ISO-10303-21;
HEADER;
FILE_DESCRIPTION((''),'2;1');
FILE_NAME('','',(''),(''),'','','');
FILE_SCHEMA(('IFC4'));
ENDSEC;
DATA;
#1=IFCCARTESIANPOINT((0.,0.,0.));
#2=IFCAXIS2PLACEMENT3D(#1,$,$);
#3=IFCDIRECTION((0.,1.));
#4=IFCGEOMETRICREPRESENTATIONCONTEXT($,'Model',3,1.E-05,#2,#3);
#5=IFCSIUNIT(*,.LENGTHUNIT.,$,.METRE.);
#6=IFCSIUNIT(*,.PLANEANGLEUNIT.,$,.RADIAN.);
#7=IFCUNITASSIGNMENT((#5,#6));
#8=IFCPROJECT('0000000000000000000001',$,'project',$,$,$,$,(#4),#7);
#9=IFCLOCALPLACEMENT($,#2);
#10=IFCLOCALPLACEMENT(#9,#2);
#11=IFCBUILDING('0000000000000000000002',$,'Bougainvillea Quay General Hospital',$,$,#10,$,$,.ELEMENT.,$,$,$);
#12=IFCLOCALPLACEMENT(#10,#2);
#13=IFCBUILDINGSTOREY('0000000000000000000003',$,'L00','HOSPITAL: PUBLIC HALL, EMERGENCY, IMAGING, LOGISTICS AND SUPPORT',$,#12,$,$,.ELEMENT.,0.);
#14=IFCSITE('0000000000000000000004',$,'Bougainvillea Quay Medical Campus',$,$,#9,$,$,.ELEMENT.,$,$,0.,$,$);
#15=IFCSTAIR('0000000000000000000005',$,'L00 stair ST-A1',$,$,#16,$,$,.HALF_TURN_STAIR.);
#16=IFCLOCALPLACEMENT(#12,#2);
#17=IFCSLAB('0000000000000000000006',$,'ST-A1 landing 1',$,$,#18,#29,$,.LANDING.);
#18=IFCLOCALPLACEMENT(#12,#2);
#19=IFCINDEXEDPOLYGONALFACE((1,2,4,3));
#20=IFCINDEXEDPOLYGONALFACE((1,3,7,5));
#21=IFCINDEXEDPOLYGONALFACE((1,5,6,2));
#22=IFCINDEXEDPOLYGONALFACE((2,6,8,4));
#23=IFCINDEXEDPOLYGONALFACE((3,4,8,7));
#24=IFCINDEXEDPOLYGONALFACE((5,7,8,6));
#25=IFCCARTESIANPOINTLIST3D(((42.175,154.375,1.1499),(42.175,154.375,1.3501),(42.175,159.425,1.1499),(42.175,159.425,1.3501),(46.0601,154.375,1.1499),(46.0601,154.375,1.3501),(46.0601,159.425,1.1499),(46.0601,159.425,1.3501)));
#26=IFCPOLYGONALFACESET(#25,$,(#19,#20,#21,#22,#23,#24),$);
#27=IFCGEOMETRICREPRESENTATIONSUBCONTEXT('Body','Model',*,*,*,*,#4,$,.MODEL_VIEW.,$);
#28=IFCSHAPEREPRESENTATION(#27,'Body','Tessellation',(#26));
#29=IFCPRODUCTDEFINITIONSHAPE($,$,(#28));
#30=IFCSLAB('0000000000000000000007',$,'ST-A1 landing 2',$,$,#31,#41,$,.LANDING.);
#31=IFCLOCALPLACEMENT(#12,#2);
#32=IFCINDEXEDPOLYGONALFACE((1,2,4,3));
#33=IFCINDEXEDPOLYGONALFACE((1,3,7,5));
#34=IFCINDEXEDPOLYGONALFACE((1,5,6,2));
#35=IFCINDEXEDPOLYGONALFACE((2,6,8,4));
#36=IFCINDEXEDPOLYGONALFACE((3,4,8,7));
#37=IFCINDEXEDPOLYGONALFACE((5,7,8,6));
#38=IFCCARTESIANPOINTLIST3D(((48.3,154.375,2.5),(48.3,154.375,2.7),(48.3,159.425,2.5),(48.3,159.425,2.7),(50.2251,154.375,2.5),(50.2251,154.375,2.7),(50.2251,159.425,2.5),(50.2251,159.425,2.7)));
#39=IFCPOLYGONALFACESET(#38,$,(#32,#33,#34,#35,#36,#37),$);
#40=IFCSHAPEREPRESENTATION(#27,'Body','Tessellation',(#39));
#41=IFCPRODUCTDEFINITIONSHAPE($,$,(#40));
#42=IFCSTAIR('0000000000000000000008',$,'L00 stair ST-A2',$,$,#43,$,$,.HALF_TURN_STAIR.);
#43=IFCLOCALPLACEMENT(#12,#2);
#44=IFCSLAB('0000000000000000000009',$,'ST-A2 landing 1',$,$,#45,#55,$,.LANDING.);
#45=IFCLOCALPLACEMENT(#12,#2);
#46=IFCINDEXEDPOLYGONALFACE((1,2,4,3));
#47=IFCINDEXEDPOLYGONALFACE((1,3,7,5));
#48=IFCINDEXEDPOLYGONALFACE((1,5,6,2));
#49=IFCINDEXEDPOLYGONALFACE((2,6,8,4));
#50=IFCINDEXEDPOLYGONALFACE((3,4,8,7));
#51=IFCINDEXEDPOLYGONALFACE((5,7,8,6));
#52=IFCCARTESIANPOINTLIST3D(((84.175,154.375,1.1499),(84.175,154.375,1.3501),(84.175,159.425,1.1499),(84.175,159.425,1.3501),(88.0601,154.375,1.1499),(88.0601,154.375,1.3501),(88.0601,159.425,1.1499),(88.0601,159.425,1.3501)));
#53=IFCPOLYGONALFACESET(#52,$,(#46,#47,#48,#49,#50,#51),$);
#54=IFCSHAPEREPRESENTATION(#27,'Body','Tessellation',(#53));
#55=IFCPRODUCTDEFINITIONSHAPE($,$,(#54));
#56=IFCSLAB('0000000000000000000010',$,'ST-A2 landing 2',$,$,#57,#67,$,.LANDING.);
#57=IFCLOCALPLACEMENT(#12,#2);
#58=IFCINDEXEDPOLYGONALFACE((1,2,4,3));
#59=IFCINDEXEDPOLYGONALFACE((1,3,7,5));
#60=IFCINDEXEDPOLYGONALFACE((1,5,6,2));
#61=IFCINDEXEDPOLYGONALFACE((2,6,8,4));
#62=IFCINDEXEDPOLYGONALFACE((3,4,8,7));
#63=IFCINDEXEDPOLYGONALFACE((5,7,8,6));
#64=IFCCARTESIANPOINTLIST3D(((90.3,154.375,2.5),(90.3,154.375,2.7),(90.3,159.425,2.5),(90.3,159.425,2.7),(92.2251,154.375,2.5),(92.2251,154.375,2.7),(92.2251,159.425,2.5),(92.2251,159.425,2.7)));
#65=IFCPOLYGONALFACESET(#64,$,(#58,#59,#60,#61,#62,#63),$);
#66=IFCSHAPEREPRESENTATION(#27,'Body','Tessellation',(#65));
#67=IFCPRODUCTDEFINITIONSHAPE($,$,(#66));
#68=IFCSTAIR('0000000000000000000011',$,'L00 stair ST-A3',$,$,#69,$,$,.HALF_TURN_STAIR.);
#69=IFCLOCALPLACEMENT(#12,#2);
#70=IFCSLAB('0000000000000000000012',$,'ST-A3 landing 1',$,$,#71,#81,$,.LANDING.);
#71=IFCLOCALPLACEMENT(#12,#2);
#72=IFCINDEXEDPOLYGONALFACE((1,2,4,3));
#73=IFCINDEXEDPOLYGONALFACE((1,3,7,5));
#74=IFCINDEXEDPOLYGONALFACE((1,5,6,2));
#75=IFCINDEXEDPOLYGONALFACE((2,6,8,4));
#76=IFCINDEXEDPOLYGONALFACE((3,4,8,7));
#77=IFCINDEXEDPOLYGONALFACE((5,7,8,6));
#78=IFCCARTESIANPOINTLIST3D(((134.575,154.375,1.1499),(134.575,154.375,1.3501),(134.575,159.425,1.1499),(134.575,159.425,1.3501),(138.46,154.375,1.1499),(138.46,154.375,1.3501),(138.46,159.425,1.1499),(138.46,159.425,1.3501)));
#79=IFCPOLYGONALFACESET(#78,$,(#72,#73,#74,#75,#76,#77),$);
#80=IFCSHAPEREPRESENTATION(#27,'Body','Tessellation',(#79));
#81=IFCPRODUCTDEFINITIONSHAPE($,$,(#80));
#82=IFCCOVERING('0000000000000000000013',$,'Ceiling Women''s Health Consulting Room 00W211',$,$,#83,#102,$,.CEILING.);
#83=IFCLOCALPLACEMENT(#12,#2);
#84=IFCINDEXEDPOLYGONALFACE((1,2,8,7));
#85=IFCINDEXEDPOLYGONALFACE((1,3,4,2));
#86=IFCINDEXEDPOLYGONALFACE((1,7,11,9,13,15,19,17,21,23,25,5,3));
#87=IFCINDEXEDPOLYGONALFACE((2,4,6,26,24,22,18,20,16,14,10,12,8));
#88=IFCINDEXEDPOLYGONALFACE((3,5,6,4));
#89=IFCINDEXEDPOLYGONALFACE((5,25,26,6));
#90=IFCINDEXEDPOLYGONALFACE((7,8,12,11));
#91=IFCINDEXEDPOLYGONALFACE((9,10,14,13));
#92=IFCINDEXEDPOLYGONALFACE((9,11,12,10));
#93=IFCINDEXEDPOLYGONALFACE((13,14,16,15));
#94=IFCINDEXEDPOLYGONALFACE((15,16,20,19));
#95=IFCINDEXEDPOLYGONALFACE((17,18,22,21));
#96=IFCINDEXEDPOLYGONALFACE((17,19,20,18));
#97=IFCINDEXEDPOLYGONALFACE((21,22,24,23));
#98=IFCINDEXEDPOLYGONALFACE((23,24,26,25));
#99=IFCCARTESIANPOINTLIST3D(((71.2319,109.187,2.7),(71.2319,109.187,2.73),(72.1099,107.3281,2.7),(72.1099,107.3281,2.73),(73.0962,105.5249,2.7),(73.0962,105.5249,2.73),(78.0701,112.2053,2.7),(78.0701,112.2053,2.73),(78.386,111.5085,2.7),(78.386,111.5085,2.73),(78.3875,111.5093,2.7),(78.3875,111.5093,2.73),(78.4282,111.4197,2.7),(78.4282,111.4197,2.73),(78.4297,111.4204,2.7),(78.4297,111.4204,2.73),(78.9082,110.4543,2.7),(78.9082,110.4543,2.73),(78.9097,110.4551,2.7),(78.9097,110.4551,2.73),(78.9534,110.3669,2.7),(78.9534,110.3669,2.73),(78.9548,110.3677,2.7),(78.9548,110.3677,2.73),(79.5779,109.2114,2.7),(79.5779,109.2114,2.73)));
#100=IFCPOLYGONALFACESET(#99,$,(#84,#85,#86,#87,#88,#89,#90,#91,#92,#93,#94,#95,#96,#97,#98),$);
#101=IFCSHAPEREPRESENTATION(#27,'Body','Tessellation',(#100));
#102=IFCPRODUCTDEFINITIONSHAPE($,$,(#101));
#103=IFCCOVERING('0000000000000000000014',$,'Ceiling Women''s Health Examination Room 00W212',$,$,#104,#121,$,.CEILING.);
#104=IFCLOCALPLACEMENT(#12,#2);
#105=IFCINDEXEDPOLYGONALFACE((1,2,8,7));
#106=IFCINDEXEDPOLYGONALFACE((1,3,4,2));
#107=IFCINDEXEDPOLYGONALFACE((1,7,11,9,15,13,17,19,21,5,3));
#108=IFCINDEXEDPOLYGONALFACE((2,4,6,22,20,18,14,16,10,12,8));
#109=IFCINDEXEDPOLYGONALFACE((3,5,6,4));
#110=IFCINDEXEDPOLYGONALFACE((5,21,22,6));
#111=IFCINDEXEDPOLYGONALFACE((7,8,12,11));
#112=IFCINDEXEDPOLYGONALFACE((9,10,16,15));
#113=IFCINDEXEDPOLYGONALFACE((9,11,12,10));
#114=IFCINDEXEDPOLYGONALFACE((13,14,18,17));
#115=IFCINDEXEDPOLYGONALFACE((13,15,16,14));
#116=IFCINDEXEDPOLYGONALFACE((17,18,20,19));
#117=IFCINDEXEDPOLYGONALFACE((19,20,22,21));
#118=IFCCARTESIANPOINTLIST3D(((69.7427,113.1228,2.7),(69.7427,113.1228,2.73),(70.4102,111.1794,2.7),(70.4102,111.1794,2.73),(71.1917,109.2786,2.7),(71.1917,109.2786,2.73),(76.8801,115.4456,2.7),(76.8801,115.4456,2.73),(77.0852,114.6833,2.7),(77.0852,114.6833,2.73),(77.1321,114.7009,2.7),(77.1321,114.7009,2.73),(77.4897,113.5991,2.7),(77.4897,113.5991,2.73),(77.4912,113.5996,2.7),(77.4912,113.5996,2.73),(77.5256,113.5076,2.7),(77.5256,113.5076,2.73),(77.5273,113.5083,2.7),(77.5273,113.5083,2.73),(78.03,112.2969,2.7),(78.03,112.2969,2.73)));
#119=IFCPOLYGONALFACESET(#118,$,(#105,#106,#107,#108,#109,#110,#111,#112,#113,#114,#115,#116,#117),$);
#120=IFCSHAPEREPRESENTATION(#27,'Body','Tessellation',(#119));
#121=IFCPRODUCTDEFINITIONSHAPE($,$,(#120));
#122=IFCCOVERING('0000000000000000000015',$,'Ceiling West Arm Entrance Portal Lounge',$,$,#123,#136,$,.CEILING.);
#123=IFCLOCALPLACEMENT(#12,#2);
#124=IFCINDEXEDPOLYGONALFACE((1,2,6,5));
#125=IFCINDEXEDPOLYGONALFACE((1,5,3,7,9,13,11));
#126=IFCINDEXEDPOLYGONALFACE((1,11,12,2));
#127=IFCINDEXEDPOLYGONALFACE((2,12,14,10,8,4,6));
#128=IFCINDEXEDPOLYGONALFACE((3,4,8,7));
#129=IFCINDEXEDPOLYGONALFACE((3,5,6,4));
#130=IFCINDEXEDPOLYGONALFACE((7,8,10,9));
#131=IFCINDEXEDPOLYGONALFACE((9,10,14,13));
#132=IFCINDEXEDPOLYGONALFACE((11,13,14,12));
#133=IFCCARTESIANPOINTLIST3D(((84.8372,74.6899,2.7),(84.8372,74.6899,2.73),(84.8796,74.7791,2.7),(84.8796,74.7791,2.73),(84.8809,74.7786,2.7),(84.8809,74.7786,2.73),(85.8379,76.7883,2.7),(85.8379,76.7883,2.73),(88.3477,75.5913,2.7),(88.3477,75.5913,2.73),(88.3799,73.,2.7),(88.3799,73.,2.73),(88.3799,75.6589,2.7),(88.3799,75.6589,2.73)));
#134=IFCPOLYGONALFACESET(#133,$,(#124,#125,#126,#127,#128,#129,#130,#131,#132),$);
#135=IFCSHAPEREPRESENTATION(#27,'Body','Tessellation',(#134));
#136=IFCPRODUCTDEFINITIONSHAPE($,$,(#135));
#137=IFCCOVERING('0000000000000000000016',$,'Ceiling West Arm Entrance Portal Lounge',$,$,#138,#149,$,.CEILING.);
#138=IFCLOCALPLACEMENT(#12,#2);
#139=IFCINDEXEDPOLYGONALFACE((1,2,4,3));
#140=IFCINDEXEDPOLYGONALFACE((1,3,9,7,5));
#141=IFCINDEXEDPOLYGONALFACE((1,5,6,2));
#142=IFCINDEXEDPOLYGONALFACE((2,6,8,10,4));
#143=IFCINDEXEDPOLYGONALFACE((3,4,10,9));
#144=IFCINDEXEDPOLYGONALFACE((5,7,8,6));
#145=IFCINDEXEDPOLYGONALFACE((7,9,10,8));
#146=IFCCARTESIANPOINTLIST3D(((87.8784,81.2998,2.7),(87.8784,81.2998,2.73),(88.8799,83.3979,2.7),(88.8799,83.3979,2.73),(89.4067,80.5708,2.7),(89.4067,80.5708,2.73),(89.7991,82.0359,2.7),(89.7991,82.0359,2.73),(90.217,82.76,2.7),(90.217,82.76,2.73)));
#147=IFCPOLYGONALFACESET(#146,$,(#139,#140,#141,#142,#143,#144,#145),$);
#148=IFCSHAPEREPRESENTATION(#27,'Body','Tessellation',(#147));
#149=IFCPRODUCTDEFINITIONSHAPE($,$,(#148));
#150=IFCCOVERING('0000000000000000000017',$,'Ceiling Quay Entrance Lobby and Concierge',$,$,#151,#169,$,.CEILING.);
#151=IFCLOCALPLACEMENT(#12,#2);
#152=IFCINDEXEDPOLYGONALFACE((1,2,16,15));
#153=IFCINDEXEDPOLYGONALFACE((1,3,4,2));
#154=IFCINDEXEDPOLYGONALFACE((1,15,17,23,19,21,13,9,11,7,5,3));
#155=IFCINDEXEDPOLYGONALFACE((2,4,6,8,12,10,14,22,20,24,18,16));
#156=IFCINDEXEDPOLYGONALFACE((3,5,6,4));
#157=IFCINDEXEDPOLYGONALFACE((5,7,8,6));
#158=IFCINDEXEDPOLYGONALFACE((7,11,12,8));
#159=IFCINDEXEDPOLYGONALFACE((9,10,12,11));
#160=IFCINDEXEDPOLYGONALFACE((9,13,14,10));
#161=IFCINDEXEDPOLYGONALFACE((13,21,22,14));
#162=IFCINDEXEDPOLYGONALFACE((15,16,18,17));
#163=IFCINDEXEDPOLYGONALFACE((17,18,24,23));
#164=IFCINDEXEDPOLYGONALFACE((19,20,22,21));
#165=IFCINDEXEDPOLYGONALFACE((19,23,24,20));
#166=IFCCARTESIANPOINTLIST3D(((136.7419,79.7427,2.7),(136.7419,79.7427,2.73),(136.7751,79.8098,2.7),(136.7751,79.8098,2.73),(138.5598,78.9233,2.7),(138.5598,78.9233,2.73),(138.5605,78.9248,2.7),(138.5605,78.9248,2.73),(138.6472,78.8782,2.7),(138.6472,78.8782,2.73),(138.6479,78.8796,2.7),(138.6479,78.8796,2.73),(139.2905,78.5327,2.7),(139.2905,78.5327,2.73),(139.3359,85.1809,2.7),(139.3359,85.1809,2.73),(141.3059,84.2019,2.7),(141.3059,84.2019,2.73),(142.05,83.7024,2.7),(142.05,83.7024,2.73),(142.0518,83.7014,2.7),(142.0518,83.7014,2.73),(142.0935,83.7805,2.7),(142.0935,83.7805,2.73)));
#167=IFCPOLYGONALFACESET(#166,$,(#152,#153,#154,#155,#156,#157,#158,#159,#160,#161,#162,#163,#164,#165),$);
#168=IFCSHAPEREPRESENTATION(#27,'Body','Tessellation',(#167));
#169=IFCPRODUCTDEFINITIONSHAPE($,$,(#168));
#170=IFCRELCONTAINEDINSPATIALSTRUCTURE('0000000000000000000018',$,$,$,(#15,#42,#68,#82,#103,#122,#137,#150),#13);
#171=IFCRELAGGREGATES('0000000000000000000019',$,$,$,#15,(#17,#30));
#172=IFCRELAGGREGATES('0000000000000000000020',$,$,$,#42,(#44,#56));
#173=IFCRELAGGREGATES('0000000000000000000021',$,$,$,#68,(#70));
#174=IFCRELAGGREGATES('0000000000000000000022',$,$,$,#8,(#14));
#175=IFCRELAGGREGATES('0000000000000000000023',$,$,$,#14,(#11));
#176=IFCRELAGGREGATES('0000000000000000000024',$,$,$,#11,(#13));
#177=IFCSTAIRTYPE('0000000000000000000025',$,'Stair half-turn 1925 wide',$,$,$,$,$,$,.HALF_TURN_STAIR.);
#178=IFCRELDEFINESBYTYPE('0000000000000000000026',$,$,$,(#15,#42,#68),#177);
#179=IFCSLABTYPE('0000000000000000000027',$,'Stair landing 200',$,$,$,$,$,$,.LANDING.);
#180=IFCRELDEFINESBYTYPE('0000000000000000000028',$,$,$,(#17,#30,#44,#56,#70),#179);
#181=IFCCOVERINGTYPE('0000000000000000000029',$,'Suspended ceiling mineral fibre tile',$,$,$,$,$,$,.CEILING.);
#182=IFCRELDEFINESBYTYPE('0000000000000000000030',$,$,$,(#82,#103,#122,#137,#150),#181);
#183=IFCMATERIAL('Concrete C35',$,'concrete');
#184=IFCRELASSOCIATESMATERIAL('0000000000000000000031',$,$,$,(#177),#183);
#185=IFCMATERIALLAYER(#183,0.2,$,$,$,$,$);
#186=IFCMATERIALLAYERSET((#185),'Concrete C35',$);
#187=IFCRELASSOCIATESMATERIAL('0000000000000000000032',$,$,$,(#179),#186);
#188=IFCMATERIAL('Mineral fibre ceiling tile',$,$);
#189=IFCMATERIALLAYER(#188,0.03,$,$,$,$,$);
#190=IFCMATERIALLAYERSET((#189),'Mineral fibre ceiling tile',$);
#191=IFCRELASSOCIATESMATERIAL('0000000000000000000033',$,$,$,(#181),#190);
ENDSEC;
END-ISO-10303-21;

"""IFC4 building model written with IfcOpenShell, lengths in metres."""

from ifc_helpers import new_model, si_unit, direction, frame, origin, place, context, subcontext, project, spatial, polyline, outline, extrude, material, layer, layer_set, type_object, element, aggregate, save


model = new_model("IFC4")

# Units and contexts
model_context = context("Model", 3, precision=1e-05, world=origin(), true_north=direction((0.0, 1.0)))
body_context = subcontext(model_context, "Body", "Model", "MODEL_VIEW")
ifc_project = project(units=[si_unit("LENGTHUNIT", "METRE"), si_unit("PLANEANGLEUNIT", "RADIAN")], contexts=[model_context])

# Site, building, storey
site_placement = place(None, origin())
site = spatial("IfcSite", under=ifc_project, at=site_placement, Name="Bougainvillea Quay Medical Campus", CompositionType="ELEMENT", RefElevation=0.0)
building_placement = place(site_placement, origin())
building = spatial("IfcBuilding", under=site, at=building_placement, Name="Bougainvillea Quay General Hospital", CompositionType="ELEMENT")
storey_placement = place(building_placement, origin())
storey = spatial("IfcBuildingStorey", under=building, at=storey_placement, Name="L00", Description="HOSPITAL: PUBLIC HALL, EMERGENCY, IMAGING, LOGISTICS AND SUPPORT", CompositionType="ELEMENT", Elevation=0.0)

# Stairs, slabs
ifc_material_1 = material(Name="Concrete C35", Category="concrete")
stair_type = type_object("IfcStairType", Name="Stair half-turn 1925 wide", PredefinedType="HALF_TURN_STAIR", material=ifc_material_1)
stair_1_placement = place(storey_placement, origin())
stair_1 = element("IfcStair", 1, at=stair_1_placement, inside=storey, type_object=stair_type, Name="L00 stair ST-A1", PredefinedType="HALF_TURN_STAIR")
ifc_layer_1 = layer(ifc_material_1, 0.2)
ifc_layer_set_1 = layer_set([ifc_layer_1], Name="Concrete C35")
slab_type = type_object("IfcSlabType", Name="Stair landing 200", PredefinedType="LANDING", material=ifc_layer_set_1)
slab_1_placement = place(storey_placement, frame((0.0, 0.0, 1.1499)))
slab_1 = element("IfcSlab", 2, at=slab_1_placement, type_object=slab_type, Name="ST-A1 landing 1", PredefinedType="LANDING", context=body_context, shape_type="SweptSolid", body=[
    extrude(outline(polyline([(46.0601, 159.425), (42.175, 159.425), (42.175, 154.375), (46.0601, 154.375), (46.0601, 159.425)])), origin(), (0.0, 0.0, 1.0), 0.2002),
])
slab_2_placement = place(storey_placement, frame((0.0, 0.0, 2.5)))
slab_2 = element("IfcSlab", 3, at=slab_2_placement, type_object=slab_type, Name="ST-A1 landing 2", PredefinedType="LANDING", context=body_context, shape_type="SweptSolid", body=[
    extrude(outline(polyline([(50.2251, 159.425), (48.3, 159.425), (48.3, 154.375), (50.2251, 154.375), (50.2251, 159.425)])), origin(), (0.0, 0.0, 1.0), 0.2),
])
aggregate(stair_1, [slab_1, slab_2])
stair_2_placement = place(storey_placement, origin())
stair_2 = element("IfcStair", 4, at=stair_2_placement, inside=storey, type_object=stair_type, Name="L00 stair ST-A2", PredefinedType="HALF_TURN_STAIR")
slab_3_placement = place(storey_placement, frame((0.0, 0.0, 1.1499)))
slab_3 = element("IfcSlab", 5, at=slab_3_placement, type_object=slab_type, Name="ST-A2 landing 1", PredefinedType="LANDING", context=body_context, shape_type="SweptSolid", body=[
    extrude(outline(polyline([(88.0601, 159.425), (84.175, 159.425), (84.175, 154.375), (88.0601, 154.375), (88.0601, 159.425)])), origin(), (0.0, 0.0, 1.0), 0.2002),
])
slab_4_placement = place(storey_placement, frame((0.0, 0.0, 2.5)))
slab_4 = element("IfcSlab", 6, at=slab_4_placement, type_object=slab_type, Name="ST-A2 landing 2", PredefinedType="LANDING", context=body_context, shape_type="SweptSolid", body=[
    extrude(outline(polyline([(92.2251, 159.425), (90.3, 159.425), (90.3, 154.375), (92.2251, 154.375), (92.2251, 159.425)])), origin(), (0.0, 0.0, 1.0), 0.2),
])
aggregate(stair_2, [slab_3, slab_4])

# Stair, slab
stair_3_placement = place(storey_placement, origin())
stair_3 = element("IfcStair", 7, at=stair_3_placement, inside=storey, type_object=stair_type, Name="L00 stair ST-A3", PredefinedType="HALF_TURN_STAIR")
slab_5_placement = place(storey_placement, frame((0.0, 0.0, 1.1499)))
slab_5 = element("IfcSlab", 8, at=slab_5_placement, type_object=slab_type, Name="ST-A3 landing 1", PredefinedType="LANDING", context=body_context, shape_type="SweptSolid", body=[
    extrude(outline(polyline([(138.46, 159.425), (134.575, 159.425), (134.575, 154.375), (138.46, 154.375), (138.46, 159.425)])), origin(), (0.0, 0.0, 1.0), 0.2002),
])
aggregate(stair_3, [slab_5])

# Coverings
ifc_material_2 = material(Name="Mineral fibre ceiling tile")
ifc_layer_2 = layer(ifc_material_2, 0.03)
ifc_layer_set_2 = layer_set([ifc_layer_2], Name="Mineral fibre ceiling tile")
covering_type = type_object("IfcCoveringType", Name="Suspended ceiling mineral fibre tile", PredefinedType="CEILING", material=ifc_layer_set_2)
covering_1_placement = place(storey_placement, frame((0.0, 0.0, 2.7)))
element("IfcCovering", 9, at=covering_1_placement, inside=storey, type_object=covering_type, Name="Ceiling Women's Health Consulting Room 00W211", PredefinedType="CEILING", context=body_context, shape_type="SweptSolid", body=[
    extrude(outline(polyline([(72.1099, 107.3281), (73.0962, 105.5249), (79.5779, 109.2114), (78.9548, 110.3677), (78.9534, 110.3669), (78.9082, 110.4543), (78.9097, 110.4551), (78.4297, 111.4204), (78.4282, 111.4197), (78.386, 111.5085), (78.3875, 111.5093), (78.0701, 112.2053), (71.2319, 109.187), (72.1099, 107.3281)])), origin(), (0.0, 0.0, 1.0), 0.03),
])
covering_2_placement = place(storey_placement, frame((0.0, 0.0, 2.7)))
element("IfcCovering", 10, at=covering_2_placement, inside=storey, type_object=covering_type, Name="Ceiling Women's Health Examination Room 00W212", PredefinedType="CEILING", context=body_context, shape_type="SweptSolid", body=[
    extrude(outline(polyline([(76.8801, 115.4456), (69.7427, 113.1228), (70.4102, 111.1794), (71.1917, 109.2786), (78.03, 112.2969), (77.5273, 113.5083), (77.5256, 113.5076), (77.4897, 113.5991), (77.4912, 113.5996), (77.0852, 114.6833), (77.1321, 114.7009), (76.8801, 115.4456)])), origin(), (0.0, 0.0, 1.0), 0.03),
])
covering_3_placement = place(storey_placement, frame((0.0, 0.0, 2.7)))
element("IfcCovering", 11, at=covering_3_placement, inside=storey, type_object=covering_type, Name="Ceiling West Arm Entrance Portal Lounge", PredefinedType="CEILING", context=body_context, shape_type="SweptSolid", body=[
    extrude(outline(polyline([(88.3799, 75.6589), (88.3477, 75.5913), (85.8379, 76.7883), (84.8796, 74.7791), (84.8809, 74.7786), (84.8372, 74.6899), (88.3799, 73.0), (88.3799, 75.6589)])), origin(), (0.0, 0.0, 1.0), 0.03),
])
covering_4_placement = place(storey_placement, frame((0.0, 0.0, 2.7)))
element("IfcCovering", 12, at=covering_4_placement, inside=storey, type_object=covering_type, Name="Ceiling West Arm Entrance Portal Lounge", PredefinedType="CEILING", context=body_context, shape_type="SweptSolid", body=[
    extrude(outline(polyline([(88.8799, 83.3979), (87.8784, 81.2998), (89.4067, 80.5708), (89.7991, 82.0359), (90.217, 82.76), (88.8799, 83.3979)])), origin(), (0.0, 0.0, 1.0), 0.03),
])
covering_5_placement = place(storey_placement, frame((0.0, 0.0, 2.7)))
element("IfcCovering", 13, at=covering_5_placement, inside=storey, type_object=covering_type, Name="Ceiling Quay Entrance Lobby and Concierge", PredefinedType="CEILING", context=body_context, shape_type="SweptSolid", body=[
    extrude(outline(polyline([(136.7419, 79.7427), (136.7751, 79.8098), (138.5598, 78.9233), (138.5605, 78.9248), (138.6479, 78.8796), (138.6472, 78.8782), (139.2905, 78.5327), (142.0518, 83.7014), (142.05, 83.7024), (142.0935, 83.7805), (141.3059, 84.2019), (139.3359, 85.1809), (136.7419, 79.7427)])), origin(), (0.0, 0.0, 1.0), 0.03),
])

save(model, "model.ifc")
